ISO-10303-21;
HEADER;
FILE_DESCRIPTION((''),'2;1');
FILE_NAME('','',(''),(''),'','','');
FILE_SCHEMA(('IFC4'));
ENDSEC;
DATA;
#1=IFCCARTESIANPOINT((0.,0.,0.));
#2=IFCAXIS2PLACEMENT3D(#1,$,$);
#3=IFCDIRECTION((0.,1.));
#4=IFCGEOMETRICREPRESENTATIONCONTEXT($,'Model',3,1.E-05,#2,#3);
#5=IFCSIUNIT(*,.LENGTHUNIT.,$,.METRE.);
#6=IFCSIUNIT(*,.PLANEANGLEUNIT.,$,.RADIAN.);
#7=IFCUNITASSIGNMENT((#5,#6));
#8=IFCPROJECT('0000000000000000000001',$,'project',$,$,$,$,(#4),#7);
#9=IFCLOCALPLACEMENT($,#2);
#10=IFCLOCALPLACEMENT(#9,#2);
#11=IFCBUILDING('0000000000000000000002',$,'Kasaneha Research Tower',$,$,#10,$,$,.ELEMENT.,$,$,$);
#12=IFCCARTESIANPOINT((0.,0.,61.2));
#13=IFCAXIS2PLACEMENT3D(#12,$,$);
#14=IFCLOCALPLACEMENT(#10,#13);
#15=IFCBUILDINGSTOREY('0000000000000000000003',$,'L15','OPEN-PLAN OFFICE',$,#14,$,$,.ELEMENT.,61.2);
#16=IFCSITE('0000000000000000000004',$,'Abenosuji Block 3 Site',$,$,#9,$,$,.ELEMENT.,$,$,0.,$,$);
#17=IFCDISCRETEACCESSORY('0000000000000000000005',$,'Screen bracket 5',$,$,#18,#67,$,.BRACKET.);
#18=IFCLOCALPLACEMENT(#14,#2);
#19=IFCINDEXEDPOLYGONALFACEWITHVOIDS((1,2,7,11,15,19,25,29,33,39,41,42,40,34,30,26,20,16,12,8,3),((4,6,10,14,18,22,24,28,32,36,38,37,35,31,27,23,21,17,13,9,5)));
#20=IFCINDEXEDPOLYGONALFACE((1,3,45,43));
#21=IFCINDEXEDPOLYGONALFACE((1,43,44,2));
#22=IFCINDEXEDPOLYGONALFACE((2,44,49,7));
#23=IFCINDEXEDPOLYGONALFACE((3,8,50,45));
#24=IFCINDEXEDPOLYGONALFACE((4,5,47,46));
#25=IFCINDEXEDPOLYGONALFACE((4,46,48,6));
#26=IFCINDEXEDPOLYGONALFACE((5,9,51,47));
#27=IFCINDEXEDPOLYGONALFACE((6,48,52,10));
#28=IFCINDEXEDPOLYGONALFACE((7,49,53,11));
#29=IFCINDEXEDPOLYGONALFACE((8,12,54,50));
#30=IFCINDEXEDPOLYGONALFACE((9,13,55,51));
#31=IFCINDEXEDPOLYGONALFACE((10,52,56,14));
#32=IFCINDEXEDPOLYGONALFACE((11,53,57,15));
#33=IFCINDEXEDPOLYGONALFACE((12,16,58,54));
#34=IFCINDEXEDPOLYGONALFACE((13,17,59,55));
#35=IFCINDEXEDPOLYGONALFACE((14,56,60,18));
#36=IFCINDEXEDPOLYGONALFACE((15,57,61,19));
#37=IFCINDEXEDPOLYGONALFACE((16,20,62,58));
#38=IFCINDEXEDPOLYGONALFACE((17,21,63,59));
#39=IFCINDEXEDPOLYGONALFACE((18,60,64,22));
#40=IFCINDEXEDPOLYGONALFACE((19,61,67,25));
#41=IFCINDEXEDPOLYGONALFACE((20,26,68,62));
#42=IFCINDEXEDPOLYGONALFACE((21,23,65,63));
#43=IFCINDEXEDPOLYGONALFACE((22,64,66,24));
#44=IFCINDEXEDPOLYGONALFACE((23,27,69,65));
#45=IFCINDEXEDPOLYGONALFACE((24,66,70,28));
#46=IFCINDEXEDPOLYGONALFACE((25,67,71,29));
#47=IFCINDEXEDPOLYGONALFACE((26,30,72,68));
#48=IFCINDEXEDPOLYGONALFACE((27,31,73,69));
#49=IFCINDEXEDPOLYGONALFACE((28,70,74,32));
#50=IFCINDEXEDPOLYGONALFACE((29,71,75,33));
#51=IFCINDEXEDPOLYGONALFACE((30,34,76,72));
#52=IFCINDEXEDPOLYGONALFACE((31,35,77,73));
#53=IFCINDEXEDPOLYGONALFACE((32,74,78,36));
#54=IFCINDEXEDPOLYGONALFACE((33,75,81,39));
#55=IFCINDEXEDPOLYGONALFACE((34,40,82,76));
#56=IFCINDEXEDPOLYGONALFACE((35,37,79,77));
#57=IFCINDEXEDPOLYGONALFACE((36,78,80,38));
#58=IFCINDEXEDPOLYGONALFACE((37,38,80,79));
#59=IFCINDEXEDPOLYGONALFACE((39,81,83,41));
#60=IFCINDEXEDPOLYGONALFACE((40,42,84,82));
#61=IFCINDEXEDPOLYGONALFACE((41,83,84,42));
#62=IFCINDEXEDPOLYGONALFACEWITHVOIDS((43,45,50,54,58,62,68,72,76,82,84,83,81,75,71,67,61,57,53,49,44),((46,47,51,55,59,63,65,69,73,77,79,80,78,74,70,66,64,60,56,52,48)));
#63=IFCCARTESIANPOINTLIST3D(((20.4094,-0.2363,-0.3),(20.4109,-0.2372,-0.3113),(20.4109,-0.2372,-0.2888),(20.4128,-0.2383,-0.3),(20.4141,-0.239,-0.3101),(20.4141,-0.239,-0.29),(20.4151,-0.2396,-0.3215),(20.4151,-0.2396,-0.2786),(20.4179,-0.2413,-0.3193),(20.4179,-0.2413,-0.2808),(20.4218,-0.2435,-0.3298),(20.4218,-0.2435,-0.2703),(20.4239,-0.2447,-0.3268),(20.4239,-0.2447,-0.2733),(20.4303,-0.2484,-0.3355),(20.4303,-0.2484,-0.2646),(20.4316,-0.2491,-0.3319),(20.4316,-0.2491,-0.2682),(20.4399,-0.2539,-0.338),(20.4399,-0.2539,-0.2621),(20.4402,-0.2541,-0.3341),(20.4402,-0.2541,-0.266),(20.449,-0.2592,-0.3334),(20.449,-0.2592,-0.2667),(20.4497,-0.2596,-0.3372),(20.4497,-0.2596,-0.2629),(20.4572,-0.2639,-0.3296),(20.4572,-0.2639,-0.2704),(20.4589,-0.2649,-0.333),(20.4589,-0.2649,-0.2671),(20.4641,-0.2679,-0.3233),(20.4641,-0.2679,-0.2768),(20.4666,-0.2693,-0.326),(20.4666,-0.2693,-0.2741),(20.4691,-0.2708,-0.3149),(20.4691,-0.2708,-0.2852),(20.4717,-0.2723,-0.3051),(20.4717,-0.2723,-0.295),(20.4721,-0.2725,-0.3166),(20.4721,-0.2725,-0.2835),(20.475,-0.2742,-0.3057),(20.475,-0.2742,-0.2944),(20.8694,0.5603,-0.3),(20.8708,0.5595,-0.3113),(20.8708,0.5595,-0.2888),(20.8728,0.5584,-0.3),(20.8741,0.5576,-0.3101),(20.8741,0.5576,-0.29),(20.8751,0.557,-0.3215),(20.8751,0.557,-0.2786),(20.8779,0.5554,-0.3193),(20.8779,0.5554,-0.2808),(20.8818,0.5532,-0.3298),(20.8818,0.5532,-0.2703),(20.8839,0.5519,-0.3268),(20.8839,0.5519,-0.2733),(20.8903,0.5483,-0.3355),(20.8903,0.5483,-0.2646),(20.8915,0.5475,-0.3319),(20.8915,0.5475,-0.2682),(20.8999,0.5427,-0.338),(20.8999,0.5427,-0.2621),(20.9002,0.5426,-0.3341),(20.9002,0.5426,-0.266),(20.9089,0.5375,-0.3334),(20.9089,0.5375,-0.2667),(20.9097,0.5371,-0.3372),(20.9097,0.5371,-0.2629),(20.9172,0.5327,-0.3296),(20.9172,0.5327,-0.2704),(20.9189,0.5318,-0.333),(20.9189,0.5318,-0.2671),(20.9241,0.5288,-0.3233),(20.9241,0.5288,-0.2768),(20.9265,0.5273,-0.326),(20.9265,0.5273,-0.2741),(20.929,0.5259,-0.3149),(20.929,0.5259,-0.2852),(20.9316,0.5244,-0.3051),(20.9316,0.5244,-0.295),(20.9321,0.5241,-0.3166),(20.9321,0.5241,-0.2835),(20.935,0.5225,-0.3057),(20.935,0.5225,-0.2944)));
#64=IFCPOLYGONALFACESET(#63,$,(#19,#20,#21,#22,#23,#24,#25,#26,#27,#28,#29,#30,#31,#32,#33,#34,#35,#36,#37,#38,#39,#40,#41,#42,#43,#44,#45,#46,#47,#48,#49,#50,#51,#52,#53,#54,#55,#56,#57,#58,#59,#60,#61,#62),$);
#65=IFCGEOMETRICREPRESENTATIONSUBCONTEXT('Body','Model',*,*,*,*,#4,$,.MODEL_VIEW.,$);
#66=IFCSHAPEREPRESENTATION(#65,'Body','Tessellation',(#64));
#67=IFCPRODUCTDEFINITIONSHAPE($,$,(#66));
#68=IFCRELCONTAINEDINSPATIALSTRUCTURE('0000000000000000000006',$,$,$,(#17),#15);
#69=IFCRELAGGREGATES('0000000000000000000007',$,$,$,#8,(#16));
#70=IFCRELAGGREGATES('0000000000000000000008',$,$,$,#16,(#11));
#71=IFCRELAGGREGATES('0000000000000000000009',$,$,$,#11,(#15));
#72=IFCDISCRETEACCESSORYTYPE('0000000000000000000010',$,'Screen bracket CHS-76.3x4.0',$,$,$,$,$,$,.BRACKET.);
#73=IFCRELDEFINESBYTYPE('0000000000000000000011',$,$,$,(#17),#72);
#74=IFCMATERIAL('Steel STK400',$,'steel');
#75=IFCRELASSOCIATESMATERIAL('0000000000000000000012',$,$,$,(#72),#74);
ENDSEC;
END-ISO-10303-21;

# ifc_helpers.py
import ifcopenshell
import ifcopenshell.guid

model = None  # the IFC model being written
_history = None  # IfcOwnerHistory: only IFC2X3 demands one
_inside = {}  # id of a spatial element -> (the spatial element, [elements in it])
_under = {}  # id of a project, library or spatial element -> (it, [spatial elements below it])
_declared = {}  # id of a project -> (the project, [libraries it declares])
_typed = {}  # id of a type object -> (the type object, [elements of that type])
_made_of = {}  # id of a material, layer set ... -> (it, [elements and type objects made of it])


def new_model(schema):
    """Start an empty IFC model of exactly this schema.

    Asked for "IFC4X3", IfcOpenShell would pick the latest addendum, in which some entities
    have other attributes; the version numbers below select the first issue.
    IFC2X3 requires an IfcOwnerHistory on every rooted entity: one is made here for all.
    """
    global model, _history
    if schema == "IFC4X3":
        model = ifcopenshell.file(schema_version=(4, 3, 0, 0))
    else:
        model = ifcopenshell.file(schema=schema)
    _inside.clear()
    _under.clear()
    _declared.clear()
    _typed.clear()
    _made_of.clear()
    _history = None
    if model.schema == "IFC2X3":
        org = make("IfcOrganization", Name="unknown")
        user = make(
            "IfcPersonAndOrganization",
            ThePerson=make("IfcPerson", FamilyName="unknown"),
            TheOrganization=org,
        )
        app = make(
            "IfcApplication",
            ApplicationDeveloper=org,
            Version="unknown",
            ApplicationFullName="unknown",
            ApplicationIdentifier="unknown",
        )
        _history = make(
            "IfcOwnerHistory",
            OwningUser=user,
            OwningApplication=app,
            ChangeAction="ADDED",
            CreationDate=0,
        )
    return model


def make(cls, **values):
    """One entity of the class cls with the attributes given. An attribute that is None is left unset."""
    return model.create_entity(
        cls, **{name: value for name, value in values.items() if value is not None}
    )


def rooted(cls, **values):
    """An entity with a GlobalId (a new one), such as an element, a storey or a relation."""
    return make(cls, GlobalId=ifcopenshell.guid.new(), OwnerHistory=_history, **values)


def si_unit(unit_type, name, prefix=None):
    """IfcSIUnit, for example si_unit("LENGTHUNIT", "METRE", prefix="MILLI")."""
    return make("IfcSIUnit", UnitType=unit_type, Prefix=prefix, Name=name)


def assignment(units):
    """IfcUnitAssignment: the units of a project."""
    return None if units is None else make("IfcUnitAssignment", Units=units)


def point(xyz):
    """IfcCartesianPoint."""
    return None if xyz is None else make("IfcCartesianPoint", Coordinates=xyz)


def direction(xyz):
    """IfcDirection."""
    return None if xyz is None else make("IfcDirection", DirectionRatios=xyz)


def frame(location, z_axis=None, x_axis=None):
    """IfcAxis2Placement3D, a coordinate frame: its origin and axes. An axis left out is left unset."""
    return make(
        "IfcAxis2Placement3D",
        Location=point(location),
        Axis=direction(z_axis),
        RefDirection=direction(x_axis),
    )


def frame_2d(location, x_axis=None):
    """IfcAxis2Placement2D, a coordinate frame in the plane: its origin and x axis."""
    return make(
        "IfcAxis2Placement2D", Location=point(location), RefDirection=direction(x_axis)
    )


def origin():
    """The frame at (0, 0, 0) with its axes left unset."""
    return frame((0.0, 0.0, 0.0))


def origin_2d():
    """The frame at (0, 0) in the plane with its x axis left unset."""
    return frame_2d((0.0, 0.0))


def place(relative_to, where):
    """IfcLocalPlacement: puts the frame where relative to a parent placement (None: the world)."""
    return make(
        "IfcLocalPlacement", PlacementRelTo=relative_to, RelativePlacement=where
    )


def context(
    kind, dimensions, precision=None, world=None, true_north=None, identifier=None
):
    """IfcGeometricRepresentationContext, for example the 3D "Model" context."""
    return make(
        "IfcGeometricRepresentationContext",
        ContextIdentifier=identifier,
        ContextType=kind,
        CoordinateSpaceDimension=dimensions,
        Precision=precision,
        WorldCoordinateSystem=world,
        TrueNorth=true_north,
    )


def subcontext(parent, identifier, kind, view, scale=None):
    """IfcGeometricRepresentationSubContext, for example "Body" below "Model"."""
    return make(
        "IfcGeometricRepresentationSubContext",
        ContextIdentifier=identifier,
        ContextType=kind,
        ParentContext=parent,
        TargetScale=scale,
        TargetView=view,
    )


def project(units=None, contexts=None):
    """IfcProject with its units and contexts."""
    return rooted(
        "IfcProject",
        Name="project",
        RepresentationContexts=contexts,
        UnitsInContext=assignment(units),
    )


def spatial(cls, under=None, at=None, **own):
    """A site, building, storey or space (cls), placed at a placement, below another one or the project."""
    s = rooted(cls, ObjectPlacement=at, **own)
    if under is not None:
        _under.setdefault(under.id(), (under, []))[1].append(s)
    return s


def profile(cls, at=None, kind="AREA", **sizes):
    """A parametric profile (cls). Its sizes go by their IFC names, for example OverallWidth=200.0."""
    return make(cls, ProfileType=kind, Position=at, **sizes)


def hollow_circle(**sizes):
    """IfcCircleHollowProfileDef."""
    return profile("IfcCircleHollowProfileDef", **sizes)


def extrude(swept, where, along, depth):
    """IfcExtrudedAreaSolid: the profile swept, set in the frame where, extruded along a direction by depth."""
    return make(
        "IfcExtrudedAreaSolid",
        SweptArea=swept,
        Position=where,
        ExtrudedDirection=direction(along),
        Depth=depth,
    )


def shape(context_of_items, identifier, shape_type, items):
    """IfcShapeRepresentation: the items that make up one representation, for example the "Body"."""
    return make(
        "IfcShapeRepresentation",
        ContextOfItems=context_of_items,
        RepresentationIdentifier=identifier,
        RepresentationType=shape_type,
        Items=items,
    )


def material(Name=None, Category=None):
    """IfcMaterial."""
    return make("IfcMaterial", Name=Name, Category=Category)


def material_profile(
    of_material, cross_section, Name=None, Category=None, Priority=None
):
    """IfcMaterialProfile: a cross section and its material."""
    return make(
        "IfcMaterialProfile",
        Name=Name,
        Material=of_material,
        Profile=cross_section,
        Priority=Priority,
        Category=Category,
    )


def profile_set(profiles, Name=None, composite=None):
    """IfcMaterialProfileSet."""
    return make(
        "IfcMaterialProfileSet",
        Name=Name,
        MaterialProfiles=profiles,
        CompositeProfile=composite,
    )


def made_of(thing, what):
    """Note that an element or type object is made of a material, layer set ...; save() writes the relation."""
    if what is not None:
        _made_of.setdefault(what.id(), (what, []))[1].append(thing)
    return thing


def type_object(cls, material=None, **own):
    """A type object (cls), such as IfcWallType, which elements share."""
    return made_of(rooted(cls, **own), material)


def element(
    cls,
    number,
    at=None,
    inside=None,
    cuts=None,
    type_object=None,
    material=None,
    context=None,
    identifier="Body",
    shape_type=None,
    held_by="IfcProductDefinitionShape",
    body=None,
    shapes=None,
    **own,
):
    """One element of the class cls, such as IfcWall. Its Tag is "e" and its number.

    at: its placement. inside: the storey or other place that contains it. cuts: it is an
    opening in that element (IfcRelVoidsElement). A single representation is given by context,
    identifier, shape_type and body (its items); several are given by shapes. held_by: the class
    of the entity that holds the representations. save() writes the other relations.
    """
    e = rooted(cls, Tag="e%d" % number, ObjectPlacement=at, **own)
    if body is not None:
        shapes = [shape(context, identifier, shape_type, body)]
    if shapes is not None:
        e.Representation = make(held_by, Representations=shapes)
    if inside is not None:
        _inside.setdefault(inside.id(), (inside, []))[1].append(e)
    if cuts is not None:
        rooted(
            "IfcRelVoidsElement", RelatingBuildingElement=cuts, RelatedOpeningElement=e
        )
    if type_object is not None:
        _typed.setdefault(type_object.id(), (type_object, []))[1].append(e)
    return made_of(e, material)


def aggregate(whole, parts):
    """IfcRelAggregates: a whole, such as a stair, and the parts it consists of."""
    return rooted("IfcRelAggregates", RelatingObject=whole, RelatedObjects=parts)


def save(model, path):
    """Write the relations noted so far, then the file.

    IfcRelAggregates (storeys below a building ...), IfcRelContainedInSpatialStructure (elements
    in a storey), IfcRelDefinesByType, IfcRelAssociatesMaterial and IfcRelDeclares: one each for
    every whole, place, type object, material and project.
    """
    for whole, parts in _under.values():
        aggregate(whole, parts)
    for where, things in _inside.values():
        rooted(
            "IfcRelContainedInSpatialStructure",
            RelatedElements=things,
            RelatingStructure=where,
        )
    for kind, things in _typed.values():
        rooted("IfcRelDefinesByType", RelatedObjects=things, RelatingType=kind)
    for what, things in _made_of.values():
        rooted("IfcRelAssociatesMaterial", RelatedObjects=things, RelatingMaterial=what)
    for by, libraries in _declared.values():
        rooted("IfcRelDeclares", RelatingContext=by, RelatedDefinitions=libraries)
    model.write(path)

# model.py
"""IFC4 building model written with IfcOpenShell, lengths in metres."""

from ifc_helpers import new_model, si_unit, direction, frame, origin, origin_2d, place, context, subcontext, project, spatial, hollow_circle, extrude, material, material_profile, profile_set, type_object, element, save


model = new_model("IFC4")

# Units and contexts
model_context = context("Model", 3, precision=1e-05, world=origin(), true_north=direction((0.0, 1.0)))
body_context = subcontext(model_context, "Body", "Model", "MODEL_VIEW")
ifc_project = project(units=[si_unit("LENGTHUNIT", "METRE"), si_unit("PLANEANGLEUNIT", "RADIAN")], contexts=[model_context])

# Site, building, storey
site_placement = place(None, origin())
site = spatial("IfcSite", under=ifc_project, at=site_placement, Name="Abenosuji Block 3 Site", CompositionType="ELEMENT", RefElevation=0.0)
building_placement = place(site_placement, origin())
building = spatial("IfcBuilding", under=site, at=building_placement, Name="Kasaneha Research Tower", CompositionType="ELEMENT")
storey_placement = place(building_placement, frame((0.0, 0.0, 61.2)))
storey = spatial("IfcBuildingStorey", under=building, at=storey_placement, Name="L15", Description="OPEN-PLAN OFFICE", CompositionType="ELEMENT", Elevation=61.2)

# Discrete accessory
ifc_material_1 = material(Name="Steel STK400", Category="steel")
ifc_material_profile_1 = material_profile(ifc_material_1, hollow_circle(Radius=0.0381, WallThickness=0.0039, at=origin_2d()), Name="CHS-76.3x4.0")
ifc_profile_set_1 = profile_set([ifc_material_profile_1], Name="Steel STK400")
discrete_accessory_type = type_object("IfcDiscreteAccessoryType", Name="Screen bracket CHS-76.3x4.0", PredefinedType="BRACKET", material=ifc_profile_set_1)
discrete_accessory_1_placement = place(storey_placement, frame((20.4424, -0.2554, -0.3), z_axis=(0.500021, 0.866013, 0.0), x_axis=(-0.866013, 0.500021, 0.0)))
element("IfcDiscreteAccessory", 1, at=discrete_accessory_1_placement, inside=storey, type_object=discrete_accessory_type, Name="Screen bracket 5", PredefinedType="BRACKET", context=body_context, shape_type="SweptSolid", body=[
    extrude(hollow_circle(Radius=0.0381, WallThickness=0.0039, at=origin_2d()), origin(), (0.0, 0.0, 1.0), 0.9199),
])

save(model, "model.ifc")
